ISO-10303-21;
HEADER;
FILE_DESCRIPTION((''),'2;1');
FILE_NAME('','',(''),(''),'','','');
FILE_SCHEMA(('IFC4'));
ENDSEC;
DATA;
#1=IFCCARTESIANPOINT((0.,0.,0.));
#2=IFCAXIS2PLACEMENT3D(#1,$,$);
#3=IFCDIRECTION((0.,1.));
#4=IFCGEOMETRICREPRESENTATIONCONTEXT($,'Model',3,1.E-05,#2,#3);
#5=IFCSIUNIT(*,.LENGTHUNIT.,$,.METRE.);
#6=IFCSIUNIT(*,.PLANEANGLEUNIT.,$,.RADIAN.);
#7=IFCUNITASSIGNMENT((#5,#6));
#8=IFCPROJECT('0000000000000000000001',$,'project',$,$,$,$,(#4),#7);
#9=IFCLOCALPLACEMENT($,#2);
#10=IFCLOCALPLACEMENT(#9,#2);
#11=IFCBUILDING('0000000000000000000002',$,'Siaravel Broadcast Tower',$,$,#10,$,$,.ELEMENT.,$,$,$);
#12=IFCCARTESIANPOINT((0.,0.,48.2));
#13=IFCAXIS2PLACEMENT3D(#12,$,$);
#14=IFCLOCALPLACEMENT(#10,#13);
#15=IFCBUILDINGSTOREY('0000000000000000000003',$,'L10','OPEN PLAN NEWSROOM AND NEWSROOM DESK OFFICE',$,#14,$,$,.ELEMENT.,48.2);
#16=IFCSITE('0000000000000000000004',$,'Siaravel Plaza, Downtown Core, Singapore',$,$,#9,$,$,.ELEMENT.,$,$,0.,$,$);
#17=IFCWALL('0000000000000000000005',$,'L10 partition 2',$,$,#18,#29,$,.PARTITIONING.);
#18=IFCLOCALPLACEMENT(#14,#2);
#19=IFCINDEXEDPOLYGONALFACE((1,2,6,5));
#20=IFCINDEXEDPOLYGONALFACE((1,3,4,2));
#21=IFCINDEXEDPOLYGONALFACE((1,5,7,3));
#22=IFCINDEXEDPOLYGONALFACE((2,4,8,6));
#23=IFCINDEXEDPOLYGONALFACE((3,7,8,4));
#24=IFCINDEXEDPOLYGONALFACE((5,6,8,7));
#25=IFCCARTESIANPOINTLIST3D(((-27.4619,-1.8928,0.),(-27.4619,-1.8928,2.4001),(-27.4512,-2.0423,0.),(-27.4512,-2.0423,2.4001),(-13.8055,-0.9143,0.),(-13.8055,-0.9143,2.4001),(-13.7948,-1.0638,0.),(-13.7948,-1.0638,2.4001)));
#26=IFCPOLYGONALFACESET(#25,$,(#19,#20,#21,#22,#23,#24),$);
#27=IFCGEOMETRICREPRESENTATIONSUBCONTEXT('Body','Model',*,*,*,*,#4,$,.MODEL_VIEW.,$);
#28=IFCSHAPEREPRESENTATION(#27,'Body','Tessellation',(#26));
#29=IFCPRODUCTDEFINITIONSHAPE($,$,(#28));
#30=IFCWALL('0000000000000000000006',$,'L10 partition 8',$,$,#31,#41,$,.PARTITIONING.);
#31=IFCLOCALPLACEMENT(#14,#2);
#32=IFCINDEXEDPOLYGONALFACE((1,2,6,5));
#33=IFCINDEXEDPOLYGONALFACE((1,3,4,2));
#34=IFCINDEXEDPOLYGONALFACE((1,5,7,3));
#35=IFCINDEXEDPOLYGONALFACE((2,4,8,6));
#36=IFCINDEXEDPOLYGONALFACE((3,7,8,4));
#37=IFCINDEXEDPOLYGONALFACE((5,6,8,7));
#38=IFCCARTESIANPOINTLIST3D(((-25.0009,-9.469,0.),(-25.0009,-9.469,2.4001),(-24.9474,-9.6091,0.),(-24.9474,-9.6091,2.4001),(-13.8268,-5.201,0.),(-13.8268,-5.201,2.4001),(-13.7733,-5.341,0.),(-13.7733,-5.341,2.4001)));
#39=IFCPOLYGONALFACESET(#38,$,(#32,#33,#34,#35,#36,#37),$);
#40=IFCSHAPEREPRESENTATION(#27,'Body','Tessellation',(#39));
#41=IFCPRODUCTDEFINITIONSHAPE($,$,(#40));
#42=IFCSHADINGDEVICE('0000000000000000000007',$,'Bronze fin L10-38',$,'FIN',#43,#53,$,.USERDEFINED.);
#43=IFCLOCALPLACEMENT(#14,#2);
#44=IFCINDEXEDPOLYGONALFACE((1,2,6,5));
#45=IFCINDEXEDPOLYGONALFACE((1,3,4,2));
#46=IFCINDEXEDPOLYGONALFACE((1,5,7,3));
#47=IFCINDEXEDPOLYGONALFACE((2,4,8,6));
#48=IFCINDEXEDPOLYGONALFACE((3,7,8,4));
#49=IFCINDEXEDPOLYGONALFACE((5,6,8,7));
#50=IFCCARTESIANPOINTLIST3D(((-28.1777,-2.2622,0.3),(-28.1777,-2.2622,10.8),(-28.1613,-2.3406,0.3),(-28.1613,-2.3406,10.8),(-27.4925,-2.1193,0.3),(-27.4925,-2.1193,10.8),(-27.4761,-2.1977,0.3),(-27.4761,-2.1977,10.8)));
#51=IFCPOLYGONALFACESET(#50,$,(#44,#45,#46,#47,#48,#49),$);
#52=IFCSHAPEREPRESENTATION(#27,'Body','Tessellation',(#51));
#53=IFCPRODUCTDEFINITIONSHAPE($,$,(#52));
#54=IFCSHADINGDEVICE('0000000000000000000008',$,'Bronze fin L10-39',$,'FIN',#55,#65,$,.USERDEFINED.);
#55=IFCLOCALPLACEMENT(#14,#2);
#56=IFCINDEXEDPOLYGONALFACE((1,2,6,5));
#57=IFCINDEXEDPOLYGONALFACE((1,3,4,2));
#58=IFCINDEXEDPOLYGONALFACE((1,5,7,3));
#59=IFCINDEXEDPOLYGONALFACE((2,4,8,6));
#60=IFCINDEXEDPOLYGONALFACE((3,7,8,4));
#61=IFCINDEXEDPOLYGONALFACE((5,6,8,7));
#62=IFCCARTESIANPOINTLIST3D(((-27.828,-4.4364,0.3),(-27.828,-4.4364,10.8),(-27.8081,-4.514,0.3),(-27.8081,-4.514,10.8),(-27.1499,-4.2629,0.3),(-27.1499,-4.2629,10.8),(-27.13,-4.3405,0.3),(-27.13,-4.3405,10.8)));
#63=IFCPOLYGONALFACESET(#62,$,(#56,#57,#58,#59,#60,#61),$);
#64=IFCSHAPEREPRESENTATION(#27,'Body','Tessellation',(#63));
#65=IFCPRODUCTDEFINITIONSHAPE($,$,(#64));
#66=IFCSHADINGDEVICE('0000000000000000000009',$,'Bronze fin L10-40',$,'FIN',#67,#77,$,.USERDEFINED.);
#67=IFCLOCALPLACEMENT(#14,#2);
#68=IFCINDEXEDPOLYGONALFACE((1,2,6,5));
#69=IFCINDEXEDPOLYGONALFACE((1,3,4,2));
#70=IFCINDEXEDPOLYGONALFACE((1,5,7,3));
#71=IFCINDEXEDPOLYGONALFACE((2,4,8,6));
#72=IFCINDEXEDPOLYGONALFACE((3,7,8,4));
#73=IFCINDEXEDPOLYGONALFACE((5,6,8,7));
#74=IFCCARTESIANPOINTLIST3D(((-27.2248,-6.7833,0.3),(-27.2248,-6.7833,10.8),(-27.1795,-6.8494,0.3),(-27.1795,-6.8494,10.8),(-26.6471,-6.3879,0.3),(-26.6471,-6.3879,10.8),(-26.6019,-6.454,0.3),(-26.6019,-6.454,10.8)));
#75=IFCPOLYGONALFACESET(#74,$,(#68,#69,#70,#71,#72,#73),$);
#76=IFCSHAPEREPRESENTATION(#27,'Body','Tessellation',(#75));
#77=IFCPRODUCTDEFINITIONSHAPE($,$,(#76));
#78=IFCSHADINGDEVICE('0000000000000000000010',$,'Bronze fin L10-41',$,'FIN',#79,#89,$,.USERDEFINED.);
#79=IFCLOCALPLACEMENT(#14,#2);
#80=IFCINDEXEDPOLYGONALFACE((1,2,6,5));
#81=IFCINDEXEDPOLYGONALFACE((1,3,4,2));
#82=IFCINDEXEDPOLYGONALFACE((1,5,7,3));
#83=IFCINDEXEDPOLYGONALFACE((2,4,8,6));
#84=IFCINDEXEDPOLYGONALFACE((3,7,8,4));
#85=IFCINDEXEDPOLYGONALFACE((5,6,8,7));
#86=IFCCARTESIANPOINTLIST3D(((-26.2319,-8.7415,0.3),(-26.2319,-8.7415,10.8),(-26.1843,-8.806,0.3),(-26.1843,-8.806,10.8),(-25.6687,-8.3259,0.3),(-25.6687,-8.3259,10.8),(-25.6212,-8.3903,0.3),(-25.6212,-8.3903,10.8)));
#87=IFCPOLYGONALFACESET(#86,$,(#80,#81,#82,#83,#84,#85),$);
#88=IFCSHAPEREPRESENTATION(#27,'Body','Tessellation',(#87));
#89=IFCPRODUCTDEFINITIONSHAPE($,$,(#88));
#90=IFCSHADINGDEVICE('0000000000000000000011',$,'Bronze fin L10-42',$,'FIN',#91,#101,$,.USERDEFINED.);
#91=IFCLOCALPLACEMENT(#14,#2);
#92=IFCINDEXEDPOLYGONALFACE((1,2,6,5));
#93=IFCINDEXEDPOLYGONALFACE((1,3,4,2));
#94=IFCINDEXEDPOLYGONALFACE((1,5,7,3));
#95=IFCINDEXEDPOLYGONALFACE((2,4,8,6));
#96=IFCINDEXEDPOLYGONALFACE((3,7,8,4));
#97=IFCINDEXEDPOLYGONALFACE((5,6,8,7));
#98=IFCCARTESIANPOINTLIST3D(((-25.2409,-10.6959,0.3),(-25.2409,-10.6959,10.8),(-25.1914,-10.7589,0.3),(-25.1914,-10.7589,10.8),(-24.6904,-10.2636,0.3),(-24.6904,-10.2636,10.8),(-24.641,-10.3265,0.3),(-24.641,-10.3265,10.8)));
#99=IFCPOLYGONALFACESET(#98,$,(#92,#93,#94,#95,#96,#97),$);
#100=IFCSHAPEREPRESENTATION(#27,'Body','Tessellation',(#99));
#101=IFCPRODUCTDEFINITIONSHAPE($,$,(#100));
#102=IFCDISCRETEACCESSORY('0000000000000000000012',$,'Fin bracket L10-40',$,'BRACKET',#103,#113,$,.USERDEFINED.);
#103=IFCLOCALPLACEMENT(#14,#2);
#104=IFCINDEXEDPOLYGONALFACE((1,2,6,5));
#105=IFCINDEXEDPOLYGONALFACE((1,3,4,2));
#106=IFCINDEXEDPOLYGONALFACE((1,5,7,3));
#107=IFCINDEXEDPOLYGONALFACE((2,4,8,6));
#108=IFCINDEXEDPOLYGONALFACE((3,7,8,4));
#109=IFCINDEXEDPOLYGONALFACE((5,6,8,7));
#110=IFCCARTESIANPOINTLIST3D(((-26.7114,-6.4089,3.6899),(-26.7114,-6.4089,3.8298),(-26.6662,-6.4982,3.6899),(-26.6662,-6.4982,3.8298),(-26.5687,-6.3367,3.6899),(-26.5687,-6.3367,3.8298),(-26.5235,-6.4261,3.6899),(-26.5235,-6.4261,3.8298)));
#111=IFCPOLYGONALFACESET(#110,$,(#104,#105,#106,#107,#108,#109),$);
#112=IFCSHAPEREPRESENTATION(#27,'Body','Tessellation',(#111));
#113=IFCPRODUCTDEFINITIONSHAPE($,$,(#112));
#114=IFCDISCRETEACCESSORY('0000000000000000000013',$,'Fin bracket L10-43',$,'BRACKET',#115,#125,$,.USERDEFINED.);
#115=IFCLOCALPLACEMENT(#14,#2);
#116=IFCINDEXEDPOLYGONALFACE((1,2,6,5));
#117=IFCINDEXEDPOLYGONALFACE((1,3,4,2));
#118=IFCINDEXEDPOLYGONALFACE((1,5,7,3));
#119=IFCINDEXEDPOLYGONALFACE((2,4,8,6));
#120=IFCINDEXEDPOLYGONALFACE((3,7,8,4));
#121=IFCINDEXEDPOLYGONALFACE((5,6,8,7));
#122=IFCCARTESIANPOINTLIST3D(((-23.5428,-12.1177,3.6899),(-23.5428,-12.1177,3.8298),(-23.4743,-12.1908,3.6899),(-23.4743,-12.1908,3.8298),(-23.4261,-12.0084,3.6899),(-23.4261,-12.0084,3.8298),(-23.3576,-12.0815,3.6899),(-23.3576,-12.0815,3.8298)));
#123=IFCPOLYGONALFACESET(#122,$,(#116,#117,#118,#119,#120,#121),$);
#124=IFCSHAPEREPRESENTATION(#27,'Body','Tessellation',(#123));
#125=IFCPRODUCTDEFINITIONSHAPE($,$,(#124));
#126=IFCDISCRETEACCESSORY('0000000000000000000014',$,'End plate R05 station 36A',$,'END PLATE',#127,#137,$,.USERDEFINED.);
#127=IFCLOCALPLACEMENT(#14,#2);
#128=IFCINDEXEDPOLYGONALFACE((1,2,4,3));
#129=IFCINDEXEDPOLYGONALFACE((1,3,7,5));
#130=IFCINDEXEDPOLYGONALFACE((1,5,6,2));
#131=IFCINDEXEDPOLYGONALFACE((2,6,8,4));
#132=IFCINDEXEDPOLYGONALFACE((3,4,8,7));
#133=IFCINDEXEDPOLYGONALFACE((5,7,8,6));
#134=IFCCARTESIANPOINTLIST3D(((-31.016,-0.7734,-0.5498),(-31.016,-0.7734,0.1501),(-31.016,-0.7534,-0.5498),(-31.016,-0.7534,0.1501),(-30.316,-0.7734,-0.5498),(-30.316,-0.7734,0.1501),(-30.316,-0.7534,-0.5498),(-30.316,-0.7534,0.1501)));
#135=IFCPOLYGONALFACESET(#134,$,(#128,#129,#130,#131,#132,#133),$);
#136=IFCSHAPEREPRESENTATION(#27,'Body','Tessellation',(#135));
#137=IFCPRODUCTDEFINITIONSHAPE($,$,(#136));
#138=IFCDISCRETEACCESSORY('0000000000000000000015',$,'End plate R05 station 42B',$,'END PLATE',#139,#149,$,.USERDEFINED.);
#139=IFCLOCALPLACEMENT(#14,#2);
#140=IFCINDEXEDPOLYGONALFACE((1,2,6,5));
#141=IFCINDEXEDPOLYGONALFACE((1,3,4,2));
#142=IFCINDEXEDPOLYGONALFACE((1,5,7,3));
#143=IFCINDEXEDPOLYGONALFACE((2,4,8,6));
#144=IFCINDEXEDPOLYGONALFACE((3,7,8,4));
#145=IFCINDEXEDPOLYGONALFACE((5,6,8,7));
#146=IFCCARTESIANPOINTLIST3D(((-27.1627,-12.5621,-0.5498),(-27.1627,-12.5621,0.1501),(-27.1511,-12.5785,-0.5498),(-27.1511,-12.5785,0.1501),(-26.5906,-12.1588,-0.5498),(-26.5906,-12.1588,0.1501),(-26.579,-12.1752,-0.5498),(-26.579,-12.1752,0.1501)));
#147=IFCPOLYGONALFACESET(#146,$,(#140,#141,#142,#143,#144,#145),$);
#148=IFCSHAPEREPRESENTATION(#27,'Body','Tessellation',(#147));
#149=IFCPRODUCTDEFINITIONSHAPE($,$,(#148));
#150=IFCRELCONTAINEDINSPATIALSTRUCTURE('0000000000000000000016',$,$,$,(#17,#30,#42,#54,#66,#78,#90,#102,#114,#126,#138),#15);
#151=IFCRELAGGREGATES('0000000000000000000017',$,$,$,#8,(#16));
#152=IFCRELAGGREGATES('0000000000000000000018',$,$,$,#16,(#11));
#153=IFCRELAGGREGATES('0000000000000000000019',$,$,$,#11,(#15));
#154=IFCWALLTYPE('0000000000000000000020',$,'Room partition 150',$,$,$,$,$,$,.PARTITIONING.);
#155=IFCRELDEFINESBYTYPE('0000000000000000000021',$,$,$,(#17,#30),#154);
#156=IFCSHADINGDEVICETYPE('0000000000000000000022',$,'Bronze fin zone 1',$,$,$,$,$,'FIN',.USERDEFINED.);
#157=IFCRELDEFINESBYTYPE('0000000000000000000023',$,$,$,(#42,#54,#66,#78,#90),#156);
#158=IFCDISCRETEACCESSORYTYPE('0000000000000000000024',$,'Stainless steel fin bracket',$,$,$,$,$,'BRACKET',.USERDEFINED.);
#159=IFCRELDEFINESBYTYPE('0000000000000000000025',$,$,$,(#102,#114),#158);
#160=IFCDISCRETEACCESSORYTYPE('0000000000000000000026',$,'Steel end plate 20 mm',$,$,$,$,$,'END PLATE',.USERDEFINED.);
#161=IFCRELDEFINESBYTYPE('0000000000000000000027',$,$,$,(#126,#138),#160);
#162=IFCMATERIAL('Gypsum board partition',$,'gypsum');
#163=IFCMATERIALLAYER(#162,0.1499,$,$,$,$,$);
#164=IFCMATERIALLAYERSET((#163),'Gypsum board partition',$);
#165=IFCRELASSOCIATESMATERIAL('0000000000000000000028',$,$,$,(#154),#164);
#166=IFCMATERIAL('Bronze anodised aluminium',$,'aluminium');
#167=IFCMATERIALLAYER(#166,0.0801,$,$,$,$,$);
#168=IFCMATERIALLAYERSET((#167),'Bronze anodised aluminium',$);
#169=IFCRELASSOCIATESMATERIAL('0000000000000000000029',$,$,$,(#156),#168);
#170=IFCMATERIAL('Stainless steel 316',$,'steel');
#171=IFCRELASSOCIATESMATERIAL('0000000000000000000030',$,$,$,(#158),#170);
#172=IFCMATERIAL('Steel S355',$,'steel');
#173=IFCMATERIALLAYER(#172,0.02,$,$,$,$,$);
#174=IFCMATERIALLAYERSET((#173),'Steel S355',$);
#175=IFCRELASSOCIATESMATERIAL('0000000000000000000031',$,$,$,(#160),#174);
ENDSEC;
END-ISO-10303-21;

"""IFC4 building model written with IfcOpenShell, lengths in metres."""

from ifc_helpers import new_model, si_unit, direction, frame, frame_2d, origin, origin_2d, place, context, subcontext, project, spatial, rectangle, extrude, material, layer, layer_set, type_object, element, save


model = new_model("IFC4")

# Units and contexts
model_context = context("Model", 3, precision=1e-05, world=origin(), true_north=direction((0.0, 1.0)))
body_context = subcontext(model_context, "Body", "Model", "MODEL_VIEW")
ifc_project = project(units=[si_unit("LENGTHUNIT", "METRE"), si_unit("PLANEANGLEUNIT", "RADIAN")], contexts=[model_context])

# Site, building, storey
site_placement = place(None, origin())
site = spatial("IfcSite", under=ifc_project, at=site_placement, Name="Siaravel Plaza, Downtown Core, Singapore", CompositionType="ELEMENT", RefElevation=0.0)
building_placement = place(site_placement, origin())
building = spatial("IfcBuilding", under=site, at=building_placement, Name="Siaravel Broadcast Tower", CompositionType="ELEMENT")
storey_placement = place(building_placement, frame((0.0, 0.0, 48.2)))
storey = spatial("IfcBuildingStorey", under=building, at=storey_placement, Name="L10", Description="OPEN PLAN NEWSROOM AND NEWSROOM DESK OFFICE", CompositionType="ELEMENT", Elevation=48.2)

# Shared definitions
ifc_material_1 = material(Name="Steel S355", Category="steel")

# Walls
ifc_material_2 = material(Name="Gypsum board partition", Category="gypsum")
ifc_layer_1 = layer(ifc_material_2, 0.1499)
ifc_layer_set_1 = layer_set([ifc_layer_1], Name="Gypsum board partition")
wall_type = type_object("IfcWallType", Name="Room partition 150", PredefinedType="PARTITIONING", material=ifc_layer_set_1)
wall_1_placement = place(storey_placement, frame((-27.4565, -1.9675, 0.0), z_axis=(0.0, 0.0, 1.0), x_axis=(0.997443, 0.071469, 0.0)))
element("IfcWall", 1, at=wall_1_placement, inside=storey, type_object=wall_type, Name="L10 partition 2", PredefinedType="PARTITIONING", context=body_context, shape_type="SweptSolid", body=[
    extrude(rectangle(XDim=13.6914, YDim=0.1499, at=frame_2d((6.8457, 0.0))), origin(), (0.0, 0.0, 1.0), 2.4001),
])
wall_2_placement = place(storey_placement, frame((-24.9741, -9.5391, 0.0), z_axis=(0.0, 0.0, 1.0), x_axis=(0.934174, 0.356818, 0.0)))
element("IfcWall", 2, at=wall_2_placement, inside=storey, type_object=wall_type, Name="L10 partition 8", PredefinedType="PARTITIONING", context=body_context, shape_type="SweptSolid", body=[
    extrude(rectangle(XDim=11.9614, YDim=0.1499, at=frame_2d((5.9807, 0.0))), origin(), (0.0, 0.0, 1.0), 2.4001),
])

# Shading devices
ifc_material_3 = material(Name="Bronze anodised aluminium", Category="aluminium")
ifc_layer_2 = layer(ifc_material_3, 0.0801)
ifc_layer_set_2 = layer_set([ifc_layer_2], Name="Bronze anodised aluminium")
shading_device_type = type_object("IfcShadingDeviceType", Name="Bronze fin zone 1", ElementType="FIN", PredefinedType="USERDEFINED", material=ifc_layer_set_2)
for number, where, z_axis, x_axis, name in (
    (3, (-27.8269, -2.23, 0.3), (0.0, 0.0, 1.0), (-0.978934, -0.204177, 0.0), "Bronze fin L10-38"),
    (4, (-27.479, -4.3884, 0.3), (0.0, 0.0, 1.0), (-0.968787, -0.247894, 0.0), "Bronze fin L10-39"),
    (5, (-26.9133, -6.6187, 0.3), (0.0, 0.0, 1.0), (-0.825233, -0.564793, 0.0), "Bronze fin L10-40"),
    (6, (-25.9265, -8.5659, 0.3), (0.0, 0.0, 1.0), (-0.804588, -0.593833, 0.0), "Bronze fin L10-41"),
    (7, (-24.9409, -10.5112, 0.3), (0.0, 0.0, 1.0), (-0.786436, -0.617672, 0.0), "Bronze fin L10-42"),
):
    element("IfcShadingDevice", number, at=place(storey_placement, frame(where, z_axis=z_axis, x_axis=x_axis)), inside=storey, type_object=shading_device_type, Name=name, ObjectType="FIN", PredefinedType="USERDEFINED", context=body_context, shape_type="SweptSolid", body=[
        extrude(rectangle(XDim=0.7, YDim=0.0801, at=origin_2d()), origin(), (0.0, 0.0, 1.0), 10.5),
    ])

# Discrete accessories
ifc_material_4 = material(Name="Stainless steel 316", Category="steel")
discrete_accessory_type_1 = type_object("IfcDiscreteAccessoryType", Name="Stainless steel fin bracket", ElementType="BRACKET", PredefinedType="USERDEFINED", material=ifc_material_4)
for number, where, z_axis, x_axis, name in (
    (8, (-26.6174, -6.4175, 3.6899), (0.0, 0.0, 1.0), (-0.892392, -0.451261, 0.0), "Fin bracket L10-40"),
    (9, (-23.4502, -12.0996, 3.6899), (0.0, 0.0, 1.0), (-0.729806, -0.683655, 0.0), "Fin bracket L10-43"),
):
    element("IfcDiscreteAccessory", number, at=place(storey_placement, frame(where, z_axis=z_axis, x_axis=x_axis)), inside=storey, type_object=discrete_accessory_type_1, Name=name, ObjectType="BRACKET", PredefinedType="USERDEFINED", context=body_context, shape_type="SweptSolid", body=[
        extrude(rectangle(XDim=0.1599, YDim=0.1001, at=origin_2d()), origin(), (0.0, 0.0, 1.0), 0.1399),
    ])
ifc_layer_3 = layer(ifc_material_1, 0.02)
ifc_layer_set_3 = layer_set([ifc_layer_3], Name="Steel S355")
discrete_accessory_type_2 = type_object("IfcDiscreteAccessoryType", Name="Steel end plate 20 mm", ElementType="END PLATE", PredefinedType="USERDEFINED", material=ifc_layer_set_3)
for number, where, z_axis, x_axis, name in (
    (10, (-30.666, -0.7634, -0.5498), (0.0, 0.0, 1.0), (0.0, -1.0, 0.0), "End plate R05 station 36A"),
    (11, (-26.8708, -12.3687, -0.5498), (0.0, 0.0, 1.0), (0.576119, -0.817366, 0.0), "End plate R05 station 42B"),
):
    element("IfcDiscreteAccessory", number, at=place(storey_placement, frame(where, z_axis=z_axis, x_axis=x_axis)), inside=storey, type_object=discrete_accessory_type_2, Name=name, ObjectType="END PLATE", PredefinedType="USERDEFINED", context=body_context, shape_type="SweptSolid", body=[
        extrude(rectangle(XDim=0.02, YDim=0.7, at=origin_2d()), origin(), (0.0, 0.0, 1.0), 0.7),
    ])

save(model, "model.ifc")
